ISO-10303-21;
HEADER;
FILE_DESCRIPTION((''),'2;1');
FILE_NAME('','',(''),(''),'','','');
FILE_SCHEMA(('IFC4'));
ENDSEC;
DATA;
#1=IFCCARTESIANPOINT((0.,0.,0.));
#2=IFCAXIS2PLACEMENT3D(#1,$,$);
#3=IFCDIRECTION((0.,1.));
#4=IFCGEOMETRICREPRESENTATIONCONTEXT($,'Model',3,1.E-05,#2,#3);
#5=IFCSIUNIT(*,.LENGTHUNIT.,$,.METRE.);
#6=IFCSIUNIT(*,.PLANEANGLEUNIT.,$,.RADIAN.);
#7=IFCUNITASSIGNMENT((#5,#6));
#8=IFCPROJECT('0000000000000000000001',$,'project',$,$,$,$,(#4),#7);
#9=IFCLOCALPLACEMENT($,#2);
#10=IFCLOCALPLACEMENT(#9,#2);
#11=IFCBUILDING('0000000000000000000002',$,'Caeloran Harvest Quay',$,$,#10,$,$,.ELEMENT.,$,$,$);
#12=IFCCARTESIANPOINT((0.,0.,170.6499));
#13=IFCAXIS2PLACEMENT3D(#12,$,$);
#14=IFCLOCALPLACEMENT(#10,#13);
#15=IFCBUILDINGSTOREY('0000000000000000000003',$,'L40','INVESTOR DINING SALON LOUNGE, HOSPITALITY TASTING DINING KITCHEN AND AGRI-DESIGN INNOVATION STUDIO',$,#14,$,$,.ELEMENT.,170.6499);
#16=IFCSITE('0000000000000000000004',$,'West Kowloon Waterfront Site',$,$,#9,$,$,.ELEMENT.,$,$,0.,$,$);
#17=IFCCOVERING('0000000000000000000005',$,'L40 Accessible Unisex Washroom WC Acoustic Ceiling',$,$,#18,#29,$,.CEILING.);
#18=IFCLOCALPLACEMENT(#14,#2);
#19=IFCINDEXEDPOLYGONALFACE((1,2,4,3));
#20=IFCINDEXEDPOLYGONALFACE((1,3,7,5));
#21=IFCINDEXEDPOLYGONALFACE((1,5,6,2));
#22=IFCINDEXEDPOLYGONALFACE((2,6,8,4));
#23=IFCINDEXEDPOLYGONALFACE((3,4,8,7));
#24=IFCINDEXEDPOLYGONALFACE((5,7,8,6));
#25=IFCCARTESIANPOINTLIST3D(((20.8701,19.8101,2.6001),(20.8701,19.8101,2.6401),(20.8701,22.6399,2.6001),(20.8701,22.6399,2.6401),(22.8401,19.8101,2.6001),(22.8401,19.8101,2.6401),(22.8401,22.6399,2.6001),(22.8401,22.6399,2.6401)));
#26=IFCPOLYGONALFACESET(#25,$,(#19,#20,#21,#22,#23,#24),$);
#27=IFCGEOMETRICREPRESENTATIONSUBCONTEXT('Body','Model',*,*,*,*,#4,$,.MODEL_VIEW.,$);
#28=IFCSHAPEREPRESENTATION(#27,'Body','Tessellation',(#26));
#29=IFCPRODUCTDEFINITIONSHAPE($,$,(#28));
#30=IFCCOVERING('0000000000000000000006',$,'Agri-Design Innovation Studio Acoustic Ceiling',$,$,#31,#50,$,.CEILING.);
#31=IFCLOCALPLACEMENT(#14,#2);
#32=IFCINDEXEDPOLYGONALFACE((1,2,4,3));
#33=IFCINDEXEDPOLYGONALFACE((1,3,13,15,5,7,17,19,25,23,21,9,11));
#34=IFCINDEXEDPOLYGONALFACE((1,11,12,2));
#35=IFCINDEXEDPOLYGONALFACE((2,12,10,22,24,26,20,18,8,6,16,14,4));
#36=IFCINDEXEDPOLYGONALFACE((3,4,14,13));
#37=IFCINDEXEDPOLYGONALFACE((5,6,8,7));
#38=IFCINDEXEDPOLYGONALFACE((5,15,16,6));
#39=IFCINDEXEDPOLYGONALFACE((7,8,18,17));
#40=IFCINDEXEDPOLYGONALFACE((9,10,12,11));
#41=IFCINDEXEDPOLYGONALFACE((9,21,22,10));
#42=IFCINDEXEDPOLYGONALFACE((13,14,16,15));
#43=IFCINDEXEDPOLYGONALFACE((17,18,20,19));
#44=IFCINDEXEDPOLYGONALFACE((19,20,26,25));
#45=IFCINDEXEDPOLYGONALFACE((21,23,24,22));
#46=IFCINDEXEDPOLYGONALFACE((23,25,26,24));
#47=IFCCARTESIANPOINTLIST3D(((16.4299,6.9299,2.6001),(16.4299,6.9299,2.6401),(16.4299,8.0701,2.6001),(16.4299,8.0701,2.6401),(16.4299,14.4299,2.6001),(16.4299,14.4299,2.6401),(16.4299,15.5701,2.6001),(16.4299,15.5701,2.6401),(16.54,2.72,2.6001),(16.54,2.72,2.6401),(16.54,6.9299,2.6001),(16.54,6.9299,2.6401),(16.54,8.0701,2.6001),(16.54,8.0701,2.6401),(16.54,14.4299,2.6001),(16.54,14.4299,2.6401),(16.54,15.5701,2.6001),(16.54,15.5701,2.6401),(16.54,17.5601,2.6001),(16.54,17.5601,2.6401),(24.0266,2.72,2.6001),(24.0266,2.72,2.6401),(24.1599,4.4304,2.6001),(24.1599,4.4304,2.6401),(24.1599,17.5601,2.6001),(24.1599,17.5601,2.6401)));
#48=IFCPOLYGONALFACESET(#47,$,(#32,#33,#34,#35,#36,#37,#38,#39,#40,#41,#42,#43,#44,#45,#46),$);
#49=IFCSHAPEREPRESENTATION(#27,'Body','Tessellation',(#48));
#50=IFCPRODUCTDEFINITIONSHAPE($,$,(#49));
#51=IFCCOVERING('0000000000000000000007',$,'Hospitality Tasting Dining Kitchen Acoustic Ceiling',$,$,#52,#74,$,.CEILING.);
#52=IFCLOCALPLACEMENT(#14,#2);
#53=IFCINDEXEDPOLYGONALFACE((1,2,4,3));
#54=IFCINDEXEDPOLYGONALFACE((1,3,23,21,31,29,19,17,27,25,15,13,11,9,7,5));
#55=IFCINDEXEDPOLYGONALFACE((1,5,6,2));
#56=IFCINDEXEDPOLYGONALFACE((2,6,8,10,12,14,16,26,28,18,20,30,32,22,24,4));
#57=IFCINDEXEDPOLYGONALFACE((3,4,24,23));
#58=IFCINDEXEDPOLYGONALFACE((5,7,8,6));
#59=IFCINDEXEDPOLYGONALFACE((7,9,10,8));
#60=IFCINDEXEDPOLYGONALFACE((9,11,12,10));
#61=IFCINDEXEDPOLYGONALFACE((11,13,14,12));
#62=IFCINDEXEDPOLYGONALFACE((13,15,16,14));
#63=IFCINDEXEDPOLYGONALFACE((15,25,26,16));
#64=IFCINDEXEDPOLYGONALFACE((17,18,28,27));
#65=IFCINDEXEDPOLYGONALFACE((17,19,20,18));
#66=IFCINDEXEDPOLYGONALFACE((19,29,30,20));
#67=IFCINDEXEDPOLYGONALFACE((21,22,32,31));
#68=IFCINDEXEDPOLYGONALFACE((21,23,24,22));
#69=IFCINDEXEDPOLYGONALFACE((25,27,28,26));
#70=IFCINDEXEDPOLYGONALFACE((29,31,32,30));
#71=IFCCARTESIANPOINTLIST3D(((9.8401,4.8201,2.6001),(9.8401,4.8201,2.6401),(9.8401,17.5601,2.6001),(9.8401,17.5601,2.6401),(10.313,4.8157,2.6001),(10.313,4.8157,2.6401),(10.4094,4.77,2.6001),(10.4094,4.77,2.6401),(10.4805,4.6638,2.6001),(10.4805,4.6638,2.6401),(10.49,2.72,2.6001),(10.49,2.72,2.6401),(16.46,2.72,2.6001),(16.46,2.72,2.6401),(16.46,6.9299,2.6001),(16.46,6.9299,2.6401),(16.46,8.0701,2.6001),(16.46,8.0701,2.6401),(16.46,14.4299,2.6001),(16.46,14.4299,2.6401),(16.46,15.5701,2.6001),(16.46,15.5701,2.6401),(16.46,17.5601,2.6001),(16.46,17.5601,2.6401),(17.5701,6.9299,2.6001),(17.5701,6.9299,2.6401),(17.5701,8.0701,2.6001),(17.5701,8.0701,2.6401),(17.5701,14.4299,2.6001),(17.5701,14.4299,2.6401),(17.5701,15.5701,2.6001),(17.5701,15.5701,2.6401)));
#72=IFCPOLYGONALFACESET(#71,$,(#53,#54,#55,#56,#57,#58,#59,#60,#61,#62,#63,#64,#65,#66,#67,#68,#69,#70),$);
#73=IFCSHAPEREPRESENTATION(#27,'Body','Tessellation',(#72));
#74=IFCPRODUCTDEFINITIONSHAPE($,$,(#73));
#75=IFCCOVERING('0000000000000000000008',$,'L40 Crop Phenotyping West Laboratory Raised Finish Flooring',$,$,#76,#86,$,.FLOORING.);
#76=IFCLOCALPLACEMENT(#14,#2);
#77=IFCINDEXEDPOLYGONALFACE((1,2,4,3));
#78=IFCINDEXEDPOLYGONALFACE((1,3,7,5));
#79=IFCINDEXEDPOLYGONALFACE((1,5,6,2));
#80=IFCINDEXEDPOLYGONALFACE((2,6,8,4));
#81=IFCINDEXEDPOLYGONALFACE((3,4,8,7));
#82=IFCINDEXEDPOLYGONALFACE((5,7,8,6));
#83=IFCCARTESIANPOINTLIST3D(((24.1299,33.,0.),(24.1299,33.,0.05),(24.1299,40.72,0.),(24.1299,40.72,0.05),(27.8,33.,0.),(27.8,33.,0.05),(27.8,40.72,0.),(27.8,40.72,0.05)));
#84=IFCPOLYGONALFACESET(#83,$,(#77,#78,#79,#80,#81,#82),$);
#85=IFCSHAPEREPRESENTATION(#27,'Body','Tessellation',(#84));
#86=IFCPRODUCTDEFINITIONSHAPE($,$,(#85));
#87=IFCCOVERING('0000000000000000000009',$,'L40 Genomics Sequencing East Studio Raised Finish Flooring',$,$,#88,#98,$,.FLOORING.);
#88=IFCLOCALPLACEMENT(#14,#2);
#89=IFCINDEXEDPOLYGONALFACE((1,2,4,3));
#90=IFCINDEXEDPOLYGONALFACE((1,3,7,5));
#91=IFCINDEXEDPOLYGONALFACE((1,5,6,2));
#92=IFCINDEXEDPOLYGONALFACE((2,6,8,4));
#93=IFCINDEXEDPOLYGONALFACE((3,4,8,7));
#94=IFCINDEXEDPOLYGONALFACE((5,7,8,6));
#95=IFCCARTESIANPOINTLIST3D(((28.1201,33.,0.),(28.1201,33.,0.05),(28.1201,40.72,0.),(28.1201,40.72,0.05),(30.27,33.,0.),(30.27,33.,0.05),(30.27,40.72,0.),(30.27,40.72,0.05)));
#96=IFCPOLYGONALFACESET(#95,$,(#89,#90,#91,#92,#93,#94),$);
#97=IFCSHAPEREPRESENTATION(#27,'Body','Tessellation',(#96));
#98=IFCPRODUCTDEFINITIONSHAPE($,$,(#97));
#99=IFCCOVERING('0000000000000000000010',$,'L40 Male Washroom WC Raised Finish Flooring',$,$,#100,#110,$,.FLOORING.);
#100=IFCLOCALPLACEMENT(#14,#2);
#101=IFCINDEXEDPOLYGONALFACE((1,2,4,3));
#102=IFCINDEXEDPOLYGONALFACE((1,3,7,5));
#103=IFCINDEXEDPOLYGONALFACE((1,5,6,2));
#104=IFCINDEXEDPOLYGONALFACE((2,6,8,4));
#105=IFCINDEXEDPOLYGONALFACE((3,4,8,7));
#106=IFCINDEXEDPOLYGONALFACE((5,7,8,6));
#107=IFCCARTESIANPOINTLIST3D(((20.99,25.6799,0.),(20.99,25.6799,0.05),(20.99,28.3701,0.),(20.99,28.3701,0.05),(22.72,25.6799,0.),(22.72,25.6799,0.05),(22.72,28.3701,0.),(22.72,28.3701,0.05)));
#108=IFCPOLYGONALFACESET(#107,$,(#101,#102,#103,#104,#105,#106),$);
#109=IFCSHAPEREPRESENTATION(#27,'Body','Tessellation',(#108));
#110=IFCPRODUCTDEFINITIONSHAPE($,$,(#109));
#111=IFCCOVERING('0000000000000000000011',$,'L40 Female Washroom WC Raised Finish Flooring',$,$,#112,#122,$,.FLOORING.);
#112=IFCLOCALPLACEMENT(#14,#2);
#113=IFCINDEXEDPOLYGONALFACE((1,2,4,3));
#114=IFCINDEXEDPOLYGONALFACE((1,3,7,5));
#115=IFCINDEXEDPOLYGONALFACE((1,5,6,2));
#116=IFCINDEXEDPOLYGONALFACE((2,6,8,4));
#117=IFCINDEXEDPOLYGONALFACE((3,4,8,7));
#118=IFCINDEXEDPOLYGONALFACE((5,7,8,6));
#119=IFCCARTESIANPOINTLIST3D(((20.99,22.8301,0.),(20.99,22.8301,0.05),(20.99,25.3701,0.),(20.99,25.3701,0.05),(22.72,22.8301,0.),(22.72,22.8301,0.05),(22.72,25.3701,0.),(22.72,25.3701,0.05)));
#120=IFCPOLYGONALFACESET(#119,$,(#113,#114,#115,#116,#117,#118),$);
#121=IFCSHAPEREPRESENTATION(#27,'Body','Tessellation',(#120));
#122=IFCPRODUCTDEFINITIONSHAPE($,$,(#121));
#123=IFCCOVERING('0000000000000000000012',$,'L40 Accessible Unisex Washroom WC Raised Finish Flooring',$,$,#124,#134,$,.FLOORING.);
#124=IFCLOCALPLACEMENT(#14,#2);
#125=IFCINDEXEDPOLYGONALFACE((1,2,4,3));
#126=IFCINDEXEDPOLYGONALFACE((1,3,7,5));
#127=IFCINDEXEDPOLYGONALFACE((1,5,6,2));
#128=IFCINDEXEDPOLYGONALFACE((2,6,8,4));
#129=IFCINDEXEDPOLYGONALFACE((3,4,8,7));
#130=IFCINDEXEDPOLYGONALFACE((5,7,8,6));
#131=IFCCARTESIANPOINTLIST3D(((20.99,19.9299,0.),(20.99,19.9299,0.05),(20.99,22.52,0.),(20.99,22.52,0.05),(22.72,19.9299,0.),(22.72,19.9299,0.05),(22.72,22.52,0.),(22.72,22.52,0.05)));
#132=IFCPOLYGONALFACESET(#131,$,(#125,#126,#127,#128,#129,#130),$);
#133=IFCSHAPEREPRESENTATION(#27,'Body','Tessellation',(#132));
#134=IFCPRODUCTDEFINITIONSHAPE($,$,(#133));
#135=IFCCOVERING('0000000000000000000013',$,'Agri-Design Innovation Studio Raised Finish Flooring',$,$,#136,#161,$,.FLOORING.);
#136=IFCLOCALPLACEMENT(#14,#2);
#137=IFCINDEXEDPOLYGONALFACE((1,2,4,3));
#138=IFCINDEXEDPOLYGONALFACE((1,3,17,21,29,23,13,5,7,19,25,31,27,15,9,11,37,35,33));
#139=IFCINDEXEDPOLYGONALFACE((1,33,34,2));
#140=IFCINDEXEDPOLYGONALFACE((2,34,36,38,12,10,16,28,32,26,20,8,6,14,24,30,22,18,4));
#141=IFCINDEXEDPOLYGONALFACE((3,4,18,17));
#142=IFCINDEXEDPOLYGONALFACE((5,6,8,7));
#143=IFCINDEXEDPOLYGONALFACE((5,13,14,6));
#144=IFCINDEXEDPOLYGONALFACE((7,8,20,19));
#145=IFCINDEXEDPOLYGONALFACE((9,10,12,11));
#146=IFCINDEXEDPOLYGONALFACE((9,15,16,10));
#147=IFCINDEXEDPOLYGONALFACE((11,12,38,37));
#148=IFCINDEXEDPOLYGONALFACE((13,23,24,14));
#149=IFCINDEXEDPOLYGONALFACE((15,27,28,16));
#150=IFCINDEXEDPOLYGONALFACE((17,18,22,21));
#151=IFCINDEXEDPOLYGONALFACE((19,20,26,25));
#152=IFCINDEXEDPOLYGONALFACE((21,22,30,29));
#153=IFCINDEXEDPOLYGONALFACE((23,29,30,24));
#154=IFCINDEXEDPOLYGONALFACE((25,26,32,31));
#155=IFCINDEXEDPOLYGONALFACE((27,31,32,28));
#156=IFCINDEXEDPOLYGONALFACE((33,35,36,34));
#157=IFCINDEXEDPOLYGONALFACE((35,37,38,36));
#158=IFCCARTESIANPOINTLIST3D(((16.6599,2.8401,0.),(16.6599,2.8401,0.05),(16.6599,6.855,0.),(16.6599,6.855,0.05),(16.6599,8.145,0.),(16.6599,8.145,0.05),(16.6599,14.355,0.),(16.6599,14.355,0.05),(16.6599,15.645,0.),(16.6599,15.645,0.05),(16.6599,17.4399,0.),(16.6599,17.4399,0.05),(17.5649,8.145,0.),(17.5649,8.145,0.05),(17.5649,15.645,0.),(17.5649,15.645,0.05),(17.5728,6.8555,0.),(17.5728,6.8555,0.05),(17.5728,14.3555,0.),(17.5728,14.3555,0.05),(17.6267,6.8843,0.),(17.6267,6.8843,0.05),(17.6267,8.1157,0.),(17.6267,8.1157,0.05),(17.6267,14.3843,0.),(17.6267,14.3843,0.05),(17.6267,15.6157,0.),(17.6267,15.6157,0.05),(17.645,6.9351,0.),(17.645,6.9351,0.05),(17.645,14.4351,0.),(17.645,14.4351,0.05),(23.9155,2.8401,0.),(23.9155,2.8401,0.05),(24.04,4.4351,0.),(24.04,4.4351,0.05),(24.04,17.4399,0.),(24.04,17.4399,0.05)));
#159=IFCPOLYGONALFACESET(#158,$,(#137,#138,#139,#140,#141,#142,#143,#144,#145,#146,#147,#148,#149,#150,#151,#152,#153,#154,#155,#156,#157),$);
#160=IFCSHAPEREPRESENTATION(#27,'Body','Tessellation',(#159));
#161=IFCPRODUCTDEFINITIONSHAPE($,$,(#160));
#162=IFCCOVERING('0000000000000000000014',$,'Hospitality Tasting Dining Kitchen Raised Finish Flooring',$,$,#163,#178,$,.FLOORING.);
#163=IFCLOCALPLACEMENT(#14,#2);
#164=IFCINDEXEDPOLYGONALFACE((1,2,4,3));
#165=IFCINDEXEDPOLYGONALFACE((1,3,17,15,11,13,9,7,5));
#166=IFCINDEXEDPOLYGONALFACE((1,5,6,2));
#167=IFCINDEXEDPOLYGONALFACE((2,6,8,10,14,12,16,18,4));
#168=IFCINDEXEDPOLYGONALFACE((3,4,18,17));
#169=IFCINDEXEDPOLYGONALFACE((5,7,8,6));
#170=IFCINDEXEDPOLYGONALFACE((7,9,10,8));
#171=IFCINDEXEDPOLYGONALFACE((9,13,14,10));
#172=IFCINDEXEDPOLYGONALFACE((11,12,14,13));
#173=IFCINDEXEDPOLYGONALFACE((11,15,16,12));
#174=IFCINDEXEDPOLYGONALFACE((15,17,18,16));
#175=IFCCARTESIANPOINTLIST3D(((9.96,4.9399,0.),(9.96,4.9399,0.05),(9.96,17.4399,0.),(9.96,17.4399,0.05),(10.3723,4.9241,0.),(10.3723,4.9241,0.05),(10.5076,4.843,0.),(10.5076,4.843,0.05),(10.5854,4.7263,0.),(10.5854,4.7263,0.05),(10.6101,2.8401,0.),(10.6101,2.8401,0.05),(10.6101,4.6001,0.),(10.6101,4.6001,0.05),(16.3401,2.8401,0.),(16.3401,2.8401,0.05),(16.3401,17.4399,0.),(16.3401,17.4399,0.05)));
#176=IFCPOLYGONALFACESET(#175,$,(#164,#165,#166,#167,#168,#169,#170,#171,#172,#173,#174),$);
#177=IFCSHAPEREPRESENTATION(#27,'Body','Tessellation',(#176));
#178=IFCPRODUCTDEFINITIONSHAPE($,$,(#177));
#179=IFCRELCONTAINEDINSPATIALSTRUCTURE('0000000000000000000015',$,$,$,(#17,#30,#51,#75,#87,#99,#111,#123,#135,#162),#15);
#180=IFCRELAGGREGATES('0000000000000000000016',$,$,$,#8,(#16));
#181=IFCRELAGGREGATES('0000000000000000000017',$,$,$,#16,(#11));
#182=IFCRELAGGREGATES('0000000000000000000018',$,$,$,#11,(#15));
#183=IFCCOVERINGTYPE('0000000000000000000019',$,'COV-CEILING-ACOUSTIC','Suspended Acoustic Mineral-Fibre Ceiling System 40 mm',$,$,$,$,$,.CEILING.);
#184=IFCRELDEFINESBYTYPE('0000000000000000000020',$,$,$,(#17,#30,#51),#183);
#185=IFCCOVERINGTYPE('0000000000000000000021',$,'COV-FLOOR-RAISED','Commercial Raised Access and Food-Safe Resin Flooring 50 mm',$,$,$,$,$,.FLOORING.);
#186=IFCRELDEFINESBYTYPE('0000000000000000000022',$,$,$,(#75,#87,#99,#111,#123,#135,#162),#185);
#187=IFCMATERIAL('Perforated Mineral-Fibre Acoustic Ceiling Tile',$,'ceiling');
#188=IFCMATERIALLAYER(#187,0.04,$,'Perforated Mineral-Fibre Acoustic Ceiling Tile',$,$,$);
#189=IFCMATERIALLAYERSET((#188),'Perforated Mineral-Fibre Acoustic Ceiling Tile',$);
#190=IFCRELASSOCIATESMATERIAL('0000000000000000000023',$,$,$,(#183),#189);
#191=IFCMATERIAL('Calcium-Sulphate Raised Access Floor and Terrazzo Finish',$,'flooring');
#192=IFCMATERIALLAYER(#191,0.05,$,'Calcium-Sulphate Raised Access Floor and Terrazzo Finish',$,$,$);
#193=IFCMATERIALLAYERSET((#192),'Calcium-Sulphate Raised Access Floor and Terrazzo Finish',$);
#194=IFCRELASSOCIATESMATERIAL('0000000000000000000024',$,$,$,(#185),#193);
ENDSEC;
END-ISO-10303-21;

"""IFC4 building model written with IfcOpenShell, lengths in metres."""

from ifc_helpers import new_model, si_unit, direction, frame, origin, place, context, subcontext, project, spatial, polyline, outline, extrude, material, layer, layer_set, type_object, element, save


model = new_model("IFC4")

# Units and contexts
model_context = context("Model", 3, precision=1e-05, world=origin(), true_north=direction((0.0, 1.0)))
body_context = subcontext(model_context, "Body", "Model", "MODEL_VIEW")
ifc_project = project(units=[si_unit("LENGTHUNIT", "METRE"), si_unit("PLANEANGLEUNIT", "RADIAN")], contexts=[model_context])

# Site, building, storey
site_placement = place(None, origin())
site = spatial("IfcSite", under=ifc_project, at=site_placement, Name="West Kowloon Waterfront Site", CompositionType="ELEMENT", RefElevation=0.0)
building_placement = place(site_placement, origin())
building = spatial("IfcBuilding", under=site, at=building_placement, Name="Caeloran Harvest Quay", CompositionType="ELEMENT")
storey_placement = place(building_placement, frame((0.0, 0.0, 170.6499)))
storey = spatial("IfcBuildingStorey", under=building, at=storey_placement, Name="L40", Description="INVESTOR DINING SALON LOUNGE, HOSPITALITY TASTING DINING KITCHEN AND AGRI-DESIGN INNOVATION STUDIO", CompositionType="ELEMENT", Elevation=170.6499)

# Coverings
ifc_material_1 = material(Name="Perforated Mineral-Fibre Acoustic Ceiling Tile", Category="ceiling")
ifc_layer_1 = layer(ifc_material_1, 0.04, Name="Perforated Mineral-Fibre Acoustic Ceiling Tile")
ifc_layer_set_1 = layer_set([ifc_layer_1], Name="Perforated Mineral-Fibre Acoustic Ceiling Tile")
covering_type_1 = type_object("IfcCoveringType", Name="COV-CEILING-ACOUSTIC", Description="Suspended Acoustic Mineral-Fibre Ceiling System 40 mm", PredefinedType="CEILING", material=ifc_layer_set_1)
covering_1_placement = place(storey_placement, frame((0.0, 0.0, 2.6001)))
element("IfcCovering", 1, at=covering_1_placement, inside=storey, type_object=covering_type_1, Name="L40 Accessible Unisex Washroom WC Acoustic Ceiling", PredefinedType="CEILING", context=body_context, shape_type="SweptSolid", body=[
    extrude(outline(polyline([(22.8401, 19.8101), (20.8701, 19.8101), (20.8701, 22.6399), (22.8401, 22.6399), (22.8401, 19.8101)])), origin(), (0.0, 0.0, 1.0), 0.04),
])
covering_2_placement = place(storey_placement, frame((0.0, 0.0, 2.6001)))
element("IfcCovering", 2, at=covering_2_placement, inside=storey, type_object=covering_type_1, Name="Agri-Design Innovation Studio Acoustic Ceiling", PredefinedType="CEILING", context=body_context, shape_type="SweptSolid", body=[
    extrude(outline(polyline([(16.4299, 6.9299), (16.4299, 8.0701), (16.54, 8.0701), (16.54, 14.4299), (16.4299, 14.4299), (16.4299, 15.5701), (16.54, 15.5701), (16.54, 17.5601), (24.1599, 17.5601), (24.1599, 4.4304), (24.0266, 2.72), (16.54, 2.72), (16.54, 6.9299), (16.4299, 6.9299)])), origin(), (0.0, 0.0, 1.0), 0.04),
])
covering_3_placement = place(storey_placement, frame((0.0, 0.0, 2.6001)))
element("IfcCovering", 3, at=covering_3_placement, inside=storey, type_object=covering_type_1, Name="Hospitality Tasting Dining Kitchen Acoustic Ceiling", PredefinedType="CEILING", context=body_context, shape_type="SweptSolid", body=[
    extrude(outline(polyline([(17.5701, 8.0701), (17.5701, 6.9299), (16.46, 6.9299), (16.46, 2.72), (10.49, 2.72), (10.4805, 4.6638), (10.4094, 4.77), (10.313, 4.8157), (9.8401, 4.8201), (9.8401, 17.5601), (16.46, 17.5601), (16.46, 15.5701), (17.5701, 15.5701), (17.5701, 14.4299), (16.46, 14.4299), (16.46, 8.0701), (17.5701, 8.0701)])), origin(), (0.0, 0.0, 1.0), 0.04),
])
ifc_material_2 = material(Name="Calcium-Sulphate Raised Access Floor and Terrazzo Finish", Category="flooring")
ifc_layer_2 = layer(ifc_material_2, 0.05, Name="Calcium-Sulphate Raised Access Floor and Terrazzo Finish")
ifc_layer_set_2 = layer_set([ifc_layer_2], Name="Calcium-Sulphate Raised Access Floor and Terrazzo Finish")
covering_type_2 = type_object("IfcCoveringType", Name="COV-FLOOR-RAISED", Description="Commercial Raised Access and Food-Safe Resin Flooring 50 mm", PredefinedType="FLOORING", material=ifc_layer_set_2)
covering_4_placement = place(storey_placement, origin())
element("IfcCovering", 4, at=covering_4_placement, inside=storey, type_object=covering_type_2, Name="L40 Crop Phenotyping West Laboratory Raised Finish Flooring", PredefinedType="FLOORING", context=body_context, shape_type="SweptSolid", body=[
    extrude(outline(polyline([(27.8, 40.72), (27.8, 33.0), (24.1299, 33.0), (24.1299, 40.72), (27.8, 40.72)])), origin(), (0.0, 0.0, 1.0), 0.05),
])
covering_5_placement = place(storey_placement, origin())
element("IfcCovering", 5, at=covering_5_placement, inside=storey, type_object=covering_type_2, Name="L40 Genomics Sequencing East Studio Raised Finish Flooring", PredefinedType="FLOORING", context=body_context, shape_type="SweptSolid", body=[
    extrude(outline(polyline([(30.27, 40.72), (30.27, 33.0), (28.1201, 33.0), (28.1201, 40.72), (30.27, 40.72)])), origin(), (0.0, 0.0, 1.0), 0.05),
])
covering_6_placement = place(storey_placement, origin())
element("IfcCovering", 6, at=covering_6_placement, inside=storey, type_object=covering_type_2, Name="L40 Male Washroom WC Raised Finish Flooring", PredefinedType="FLOORING", context=body_context, shape_type="SweptSolid", body=[
    extrude(outline(polyline([(22.72, 25.6799), (20.99, 25.6799), (20.99, 28.3701), (22.72, 28.3701), (22.72, 25.6799)])), origin(), (0.0, 0.0, 1.0), 0.05),
])
covering_7_placement = place(storey_placement, origin())
element("IfcCovering", 7, at=covering_7_placement, inside=storey, type_object=covering_type_2, Name="L40 Female Washroom WC Raised Finish Flooring", PredefinedType="FLOORING", context=body_context, shape_type="SweptSolid", body=[
    extrude(outline(polyline([(22.72, 22.8301), (20.99, 22.8301), (20.99, 25.3701), (22.72, 25.3701), (22.72, 22.8301)])), origin(), (0.0, 0.0, 1.0), 0.05),
])
covering_8_placement = place(storey_placement, origin())
element("IfcCovering", 8, at=covering_8_placement, inside=storey, type_object=covering_type_2, Name="L40 Accessible Unisex Washroom WC Raised Finish Flooring", PredefinedType="FLOORING", context=body_context, shape_type="SweptSolid", body=[
    extrude(outline(polyline([(22.72, 19.9299), (20.99, 19.9299), (20.99, 22.52), (22.72, 22.52), (22.72, 19.9299)])), origin(), (0.0, 0.0, 1.0), 0.05),
])
covering_9_placement = place(storey_placement, origin())
element("IfcCovering", 9, at=covering_9_placement, inside=storey, type_object=covering_type_2, Name="Agri-Design Innovation Studio Raised Finish Flooring", PredefinedType="FLOORING", context=body_context, shape_type="SweptSolid", body=[
    extrude(outline(polyline([(16.6599, 2.8401), (16.6599, 6.855), (17.5728, 6.8555), (17.6267, 6.8843), (17.645, 6.9351), (17.6267, 8.1157), (17.5649, 8.145), (16.6599, 8.145), (16.6599, 14.355), (17.5728, 14.3555), (17.6267, 14.3843), (17.645, 14.4351), (17.6267, 15.6157), (17.5649, 15.645), (16.6599, 15.645), (16.6599, 17.4399), (24.04, 17.4399), (24.04, 4.4351), (23.9155, 2.8401), (16.6599, 2.8401)])), origin(), (0.0, 0.0, 1.0), 0.05),
])
covering_10_placement = place(storey_placement, origin())
element("IfcCovering", 10, at=covering_10_placement, inside=storey, type_object=covering_type_2, Name="Hospitality Tasting Dining Kitchen Raised Finish Flooring", PredefinedType="FLOORING", context=body_context, shape_type="SweptSolid", body=[
    extrude(outline(polyline([(10.5854, 4.7263), (10.5076, 4.843), (10.3723, 4.9241), (9.96, 4.9399), (9.96, 17.4399), (16.3401, 17.4399), (16.3401, 2.8401), (10.6101, 2.8401), (10.6101, 4.6001), (10.5854, 4.7263)])), origin(), (0.0, 0.0, 1.0), 0.05),
])

save(model, "model.ifc")
